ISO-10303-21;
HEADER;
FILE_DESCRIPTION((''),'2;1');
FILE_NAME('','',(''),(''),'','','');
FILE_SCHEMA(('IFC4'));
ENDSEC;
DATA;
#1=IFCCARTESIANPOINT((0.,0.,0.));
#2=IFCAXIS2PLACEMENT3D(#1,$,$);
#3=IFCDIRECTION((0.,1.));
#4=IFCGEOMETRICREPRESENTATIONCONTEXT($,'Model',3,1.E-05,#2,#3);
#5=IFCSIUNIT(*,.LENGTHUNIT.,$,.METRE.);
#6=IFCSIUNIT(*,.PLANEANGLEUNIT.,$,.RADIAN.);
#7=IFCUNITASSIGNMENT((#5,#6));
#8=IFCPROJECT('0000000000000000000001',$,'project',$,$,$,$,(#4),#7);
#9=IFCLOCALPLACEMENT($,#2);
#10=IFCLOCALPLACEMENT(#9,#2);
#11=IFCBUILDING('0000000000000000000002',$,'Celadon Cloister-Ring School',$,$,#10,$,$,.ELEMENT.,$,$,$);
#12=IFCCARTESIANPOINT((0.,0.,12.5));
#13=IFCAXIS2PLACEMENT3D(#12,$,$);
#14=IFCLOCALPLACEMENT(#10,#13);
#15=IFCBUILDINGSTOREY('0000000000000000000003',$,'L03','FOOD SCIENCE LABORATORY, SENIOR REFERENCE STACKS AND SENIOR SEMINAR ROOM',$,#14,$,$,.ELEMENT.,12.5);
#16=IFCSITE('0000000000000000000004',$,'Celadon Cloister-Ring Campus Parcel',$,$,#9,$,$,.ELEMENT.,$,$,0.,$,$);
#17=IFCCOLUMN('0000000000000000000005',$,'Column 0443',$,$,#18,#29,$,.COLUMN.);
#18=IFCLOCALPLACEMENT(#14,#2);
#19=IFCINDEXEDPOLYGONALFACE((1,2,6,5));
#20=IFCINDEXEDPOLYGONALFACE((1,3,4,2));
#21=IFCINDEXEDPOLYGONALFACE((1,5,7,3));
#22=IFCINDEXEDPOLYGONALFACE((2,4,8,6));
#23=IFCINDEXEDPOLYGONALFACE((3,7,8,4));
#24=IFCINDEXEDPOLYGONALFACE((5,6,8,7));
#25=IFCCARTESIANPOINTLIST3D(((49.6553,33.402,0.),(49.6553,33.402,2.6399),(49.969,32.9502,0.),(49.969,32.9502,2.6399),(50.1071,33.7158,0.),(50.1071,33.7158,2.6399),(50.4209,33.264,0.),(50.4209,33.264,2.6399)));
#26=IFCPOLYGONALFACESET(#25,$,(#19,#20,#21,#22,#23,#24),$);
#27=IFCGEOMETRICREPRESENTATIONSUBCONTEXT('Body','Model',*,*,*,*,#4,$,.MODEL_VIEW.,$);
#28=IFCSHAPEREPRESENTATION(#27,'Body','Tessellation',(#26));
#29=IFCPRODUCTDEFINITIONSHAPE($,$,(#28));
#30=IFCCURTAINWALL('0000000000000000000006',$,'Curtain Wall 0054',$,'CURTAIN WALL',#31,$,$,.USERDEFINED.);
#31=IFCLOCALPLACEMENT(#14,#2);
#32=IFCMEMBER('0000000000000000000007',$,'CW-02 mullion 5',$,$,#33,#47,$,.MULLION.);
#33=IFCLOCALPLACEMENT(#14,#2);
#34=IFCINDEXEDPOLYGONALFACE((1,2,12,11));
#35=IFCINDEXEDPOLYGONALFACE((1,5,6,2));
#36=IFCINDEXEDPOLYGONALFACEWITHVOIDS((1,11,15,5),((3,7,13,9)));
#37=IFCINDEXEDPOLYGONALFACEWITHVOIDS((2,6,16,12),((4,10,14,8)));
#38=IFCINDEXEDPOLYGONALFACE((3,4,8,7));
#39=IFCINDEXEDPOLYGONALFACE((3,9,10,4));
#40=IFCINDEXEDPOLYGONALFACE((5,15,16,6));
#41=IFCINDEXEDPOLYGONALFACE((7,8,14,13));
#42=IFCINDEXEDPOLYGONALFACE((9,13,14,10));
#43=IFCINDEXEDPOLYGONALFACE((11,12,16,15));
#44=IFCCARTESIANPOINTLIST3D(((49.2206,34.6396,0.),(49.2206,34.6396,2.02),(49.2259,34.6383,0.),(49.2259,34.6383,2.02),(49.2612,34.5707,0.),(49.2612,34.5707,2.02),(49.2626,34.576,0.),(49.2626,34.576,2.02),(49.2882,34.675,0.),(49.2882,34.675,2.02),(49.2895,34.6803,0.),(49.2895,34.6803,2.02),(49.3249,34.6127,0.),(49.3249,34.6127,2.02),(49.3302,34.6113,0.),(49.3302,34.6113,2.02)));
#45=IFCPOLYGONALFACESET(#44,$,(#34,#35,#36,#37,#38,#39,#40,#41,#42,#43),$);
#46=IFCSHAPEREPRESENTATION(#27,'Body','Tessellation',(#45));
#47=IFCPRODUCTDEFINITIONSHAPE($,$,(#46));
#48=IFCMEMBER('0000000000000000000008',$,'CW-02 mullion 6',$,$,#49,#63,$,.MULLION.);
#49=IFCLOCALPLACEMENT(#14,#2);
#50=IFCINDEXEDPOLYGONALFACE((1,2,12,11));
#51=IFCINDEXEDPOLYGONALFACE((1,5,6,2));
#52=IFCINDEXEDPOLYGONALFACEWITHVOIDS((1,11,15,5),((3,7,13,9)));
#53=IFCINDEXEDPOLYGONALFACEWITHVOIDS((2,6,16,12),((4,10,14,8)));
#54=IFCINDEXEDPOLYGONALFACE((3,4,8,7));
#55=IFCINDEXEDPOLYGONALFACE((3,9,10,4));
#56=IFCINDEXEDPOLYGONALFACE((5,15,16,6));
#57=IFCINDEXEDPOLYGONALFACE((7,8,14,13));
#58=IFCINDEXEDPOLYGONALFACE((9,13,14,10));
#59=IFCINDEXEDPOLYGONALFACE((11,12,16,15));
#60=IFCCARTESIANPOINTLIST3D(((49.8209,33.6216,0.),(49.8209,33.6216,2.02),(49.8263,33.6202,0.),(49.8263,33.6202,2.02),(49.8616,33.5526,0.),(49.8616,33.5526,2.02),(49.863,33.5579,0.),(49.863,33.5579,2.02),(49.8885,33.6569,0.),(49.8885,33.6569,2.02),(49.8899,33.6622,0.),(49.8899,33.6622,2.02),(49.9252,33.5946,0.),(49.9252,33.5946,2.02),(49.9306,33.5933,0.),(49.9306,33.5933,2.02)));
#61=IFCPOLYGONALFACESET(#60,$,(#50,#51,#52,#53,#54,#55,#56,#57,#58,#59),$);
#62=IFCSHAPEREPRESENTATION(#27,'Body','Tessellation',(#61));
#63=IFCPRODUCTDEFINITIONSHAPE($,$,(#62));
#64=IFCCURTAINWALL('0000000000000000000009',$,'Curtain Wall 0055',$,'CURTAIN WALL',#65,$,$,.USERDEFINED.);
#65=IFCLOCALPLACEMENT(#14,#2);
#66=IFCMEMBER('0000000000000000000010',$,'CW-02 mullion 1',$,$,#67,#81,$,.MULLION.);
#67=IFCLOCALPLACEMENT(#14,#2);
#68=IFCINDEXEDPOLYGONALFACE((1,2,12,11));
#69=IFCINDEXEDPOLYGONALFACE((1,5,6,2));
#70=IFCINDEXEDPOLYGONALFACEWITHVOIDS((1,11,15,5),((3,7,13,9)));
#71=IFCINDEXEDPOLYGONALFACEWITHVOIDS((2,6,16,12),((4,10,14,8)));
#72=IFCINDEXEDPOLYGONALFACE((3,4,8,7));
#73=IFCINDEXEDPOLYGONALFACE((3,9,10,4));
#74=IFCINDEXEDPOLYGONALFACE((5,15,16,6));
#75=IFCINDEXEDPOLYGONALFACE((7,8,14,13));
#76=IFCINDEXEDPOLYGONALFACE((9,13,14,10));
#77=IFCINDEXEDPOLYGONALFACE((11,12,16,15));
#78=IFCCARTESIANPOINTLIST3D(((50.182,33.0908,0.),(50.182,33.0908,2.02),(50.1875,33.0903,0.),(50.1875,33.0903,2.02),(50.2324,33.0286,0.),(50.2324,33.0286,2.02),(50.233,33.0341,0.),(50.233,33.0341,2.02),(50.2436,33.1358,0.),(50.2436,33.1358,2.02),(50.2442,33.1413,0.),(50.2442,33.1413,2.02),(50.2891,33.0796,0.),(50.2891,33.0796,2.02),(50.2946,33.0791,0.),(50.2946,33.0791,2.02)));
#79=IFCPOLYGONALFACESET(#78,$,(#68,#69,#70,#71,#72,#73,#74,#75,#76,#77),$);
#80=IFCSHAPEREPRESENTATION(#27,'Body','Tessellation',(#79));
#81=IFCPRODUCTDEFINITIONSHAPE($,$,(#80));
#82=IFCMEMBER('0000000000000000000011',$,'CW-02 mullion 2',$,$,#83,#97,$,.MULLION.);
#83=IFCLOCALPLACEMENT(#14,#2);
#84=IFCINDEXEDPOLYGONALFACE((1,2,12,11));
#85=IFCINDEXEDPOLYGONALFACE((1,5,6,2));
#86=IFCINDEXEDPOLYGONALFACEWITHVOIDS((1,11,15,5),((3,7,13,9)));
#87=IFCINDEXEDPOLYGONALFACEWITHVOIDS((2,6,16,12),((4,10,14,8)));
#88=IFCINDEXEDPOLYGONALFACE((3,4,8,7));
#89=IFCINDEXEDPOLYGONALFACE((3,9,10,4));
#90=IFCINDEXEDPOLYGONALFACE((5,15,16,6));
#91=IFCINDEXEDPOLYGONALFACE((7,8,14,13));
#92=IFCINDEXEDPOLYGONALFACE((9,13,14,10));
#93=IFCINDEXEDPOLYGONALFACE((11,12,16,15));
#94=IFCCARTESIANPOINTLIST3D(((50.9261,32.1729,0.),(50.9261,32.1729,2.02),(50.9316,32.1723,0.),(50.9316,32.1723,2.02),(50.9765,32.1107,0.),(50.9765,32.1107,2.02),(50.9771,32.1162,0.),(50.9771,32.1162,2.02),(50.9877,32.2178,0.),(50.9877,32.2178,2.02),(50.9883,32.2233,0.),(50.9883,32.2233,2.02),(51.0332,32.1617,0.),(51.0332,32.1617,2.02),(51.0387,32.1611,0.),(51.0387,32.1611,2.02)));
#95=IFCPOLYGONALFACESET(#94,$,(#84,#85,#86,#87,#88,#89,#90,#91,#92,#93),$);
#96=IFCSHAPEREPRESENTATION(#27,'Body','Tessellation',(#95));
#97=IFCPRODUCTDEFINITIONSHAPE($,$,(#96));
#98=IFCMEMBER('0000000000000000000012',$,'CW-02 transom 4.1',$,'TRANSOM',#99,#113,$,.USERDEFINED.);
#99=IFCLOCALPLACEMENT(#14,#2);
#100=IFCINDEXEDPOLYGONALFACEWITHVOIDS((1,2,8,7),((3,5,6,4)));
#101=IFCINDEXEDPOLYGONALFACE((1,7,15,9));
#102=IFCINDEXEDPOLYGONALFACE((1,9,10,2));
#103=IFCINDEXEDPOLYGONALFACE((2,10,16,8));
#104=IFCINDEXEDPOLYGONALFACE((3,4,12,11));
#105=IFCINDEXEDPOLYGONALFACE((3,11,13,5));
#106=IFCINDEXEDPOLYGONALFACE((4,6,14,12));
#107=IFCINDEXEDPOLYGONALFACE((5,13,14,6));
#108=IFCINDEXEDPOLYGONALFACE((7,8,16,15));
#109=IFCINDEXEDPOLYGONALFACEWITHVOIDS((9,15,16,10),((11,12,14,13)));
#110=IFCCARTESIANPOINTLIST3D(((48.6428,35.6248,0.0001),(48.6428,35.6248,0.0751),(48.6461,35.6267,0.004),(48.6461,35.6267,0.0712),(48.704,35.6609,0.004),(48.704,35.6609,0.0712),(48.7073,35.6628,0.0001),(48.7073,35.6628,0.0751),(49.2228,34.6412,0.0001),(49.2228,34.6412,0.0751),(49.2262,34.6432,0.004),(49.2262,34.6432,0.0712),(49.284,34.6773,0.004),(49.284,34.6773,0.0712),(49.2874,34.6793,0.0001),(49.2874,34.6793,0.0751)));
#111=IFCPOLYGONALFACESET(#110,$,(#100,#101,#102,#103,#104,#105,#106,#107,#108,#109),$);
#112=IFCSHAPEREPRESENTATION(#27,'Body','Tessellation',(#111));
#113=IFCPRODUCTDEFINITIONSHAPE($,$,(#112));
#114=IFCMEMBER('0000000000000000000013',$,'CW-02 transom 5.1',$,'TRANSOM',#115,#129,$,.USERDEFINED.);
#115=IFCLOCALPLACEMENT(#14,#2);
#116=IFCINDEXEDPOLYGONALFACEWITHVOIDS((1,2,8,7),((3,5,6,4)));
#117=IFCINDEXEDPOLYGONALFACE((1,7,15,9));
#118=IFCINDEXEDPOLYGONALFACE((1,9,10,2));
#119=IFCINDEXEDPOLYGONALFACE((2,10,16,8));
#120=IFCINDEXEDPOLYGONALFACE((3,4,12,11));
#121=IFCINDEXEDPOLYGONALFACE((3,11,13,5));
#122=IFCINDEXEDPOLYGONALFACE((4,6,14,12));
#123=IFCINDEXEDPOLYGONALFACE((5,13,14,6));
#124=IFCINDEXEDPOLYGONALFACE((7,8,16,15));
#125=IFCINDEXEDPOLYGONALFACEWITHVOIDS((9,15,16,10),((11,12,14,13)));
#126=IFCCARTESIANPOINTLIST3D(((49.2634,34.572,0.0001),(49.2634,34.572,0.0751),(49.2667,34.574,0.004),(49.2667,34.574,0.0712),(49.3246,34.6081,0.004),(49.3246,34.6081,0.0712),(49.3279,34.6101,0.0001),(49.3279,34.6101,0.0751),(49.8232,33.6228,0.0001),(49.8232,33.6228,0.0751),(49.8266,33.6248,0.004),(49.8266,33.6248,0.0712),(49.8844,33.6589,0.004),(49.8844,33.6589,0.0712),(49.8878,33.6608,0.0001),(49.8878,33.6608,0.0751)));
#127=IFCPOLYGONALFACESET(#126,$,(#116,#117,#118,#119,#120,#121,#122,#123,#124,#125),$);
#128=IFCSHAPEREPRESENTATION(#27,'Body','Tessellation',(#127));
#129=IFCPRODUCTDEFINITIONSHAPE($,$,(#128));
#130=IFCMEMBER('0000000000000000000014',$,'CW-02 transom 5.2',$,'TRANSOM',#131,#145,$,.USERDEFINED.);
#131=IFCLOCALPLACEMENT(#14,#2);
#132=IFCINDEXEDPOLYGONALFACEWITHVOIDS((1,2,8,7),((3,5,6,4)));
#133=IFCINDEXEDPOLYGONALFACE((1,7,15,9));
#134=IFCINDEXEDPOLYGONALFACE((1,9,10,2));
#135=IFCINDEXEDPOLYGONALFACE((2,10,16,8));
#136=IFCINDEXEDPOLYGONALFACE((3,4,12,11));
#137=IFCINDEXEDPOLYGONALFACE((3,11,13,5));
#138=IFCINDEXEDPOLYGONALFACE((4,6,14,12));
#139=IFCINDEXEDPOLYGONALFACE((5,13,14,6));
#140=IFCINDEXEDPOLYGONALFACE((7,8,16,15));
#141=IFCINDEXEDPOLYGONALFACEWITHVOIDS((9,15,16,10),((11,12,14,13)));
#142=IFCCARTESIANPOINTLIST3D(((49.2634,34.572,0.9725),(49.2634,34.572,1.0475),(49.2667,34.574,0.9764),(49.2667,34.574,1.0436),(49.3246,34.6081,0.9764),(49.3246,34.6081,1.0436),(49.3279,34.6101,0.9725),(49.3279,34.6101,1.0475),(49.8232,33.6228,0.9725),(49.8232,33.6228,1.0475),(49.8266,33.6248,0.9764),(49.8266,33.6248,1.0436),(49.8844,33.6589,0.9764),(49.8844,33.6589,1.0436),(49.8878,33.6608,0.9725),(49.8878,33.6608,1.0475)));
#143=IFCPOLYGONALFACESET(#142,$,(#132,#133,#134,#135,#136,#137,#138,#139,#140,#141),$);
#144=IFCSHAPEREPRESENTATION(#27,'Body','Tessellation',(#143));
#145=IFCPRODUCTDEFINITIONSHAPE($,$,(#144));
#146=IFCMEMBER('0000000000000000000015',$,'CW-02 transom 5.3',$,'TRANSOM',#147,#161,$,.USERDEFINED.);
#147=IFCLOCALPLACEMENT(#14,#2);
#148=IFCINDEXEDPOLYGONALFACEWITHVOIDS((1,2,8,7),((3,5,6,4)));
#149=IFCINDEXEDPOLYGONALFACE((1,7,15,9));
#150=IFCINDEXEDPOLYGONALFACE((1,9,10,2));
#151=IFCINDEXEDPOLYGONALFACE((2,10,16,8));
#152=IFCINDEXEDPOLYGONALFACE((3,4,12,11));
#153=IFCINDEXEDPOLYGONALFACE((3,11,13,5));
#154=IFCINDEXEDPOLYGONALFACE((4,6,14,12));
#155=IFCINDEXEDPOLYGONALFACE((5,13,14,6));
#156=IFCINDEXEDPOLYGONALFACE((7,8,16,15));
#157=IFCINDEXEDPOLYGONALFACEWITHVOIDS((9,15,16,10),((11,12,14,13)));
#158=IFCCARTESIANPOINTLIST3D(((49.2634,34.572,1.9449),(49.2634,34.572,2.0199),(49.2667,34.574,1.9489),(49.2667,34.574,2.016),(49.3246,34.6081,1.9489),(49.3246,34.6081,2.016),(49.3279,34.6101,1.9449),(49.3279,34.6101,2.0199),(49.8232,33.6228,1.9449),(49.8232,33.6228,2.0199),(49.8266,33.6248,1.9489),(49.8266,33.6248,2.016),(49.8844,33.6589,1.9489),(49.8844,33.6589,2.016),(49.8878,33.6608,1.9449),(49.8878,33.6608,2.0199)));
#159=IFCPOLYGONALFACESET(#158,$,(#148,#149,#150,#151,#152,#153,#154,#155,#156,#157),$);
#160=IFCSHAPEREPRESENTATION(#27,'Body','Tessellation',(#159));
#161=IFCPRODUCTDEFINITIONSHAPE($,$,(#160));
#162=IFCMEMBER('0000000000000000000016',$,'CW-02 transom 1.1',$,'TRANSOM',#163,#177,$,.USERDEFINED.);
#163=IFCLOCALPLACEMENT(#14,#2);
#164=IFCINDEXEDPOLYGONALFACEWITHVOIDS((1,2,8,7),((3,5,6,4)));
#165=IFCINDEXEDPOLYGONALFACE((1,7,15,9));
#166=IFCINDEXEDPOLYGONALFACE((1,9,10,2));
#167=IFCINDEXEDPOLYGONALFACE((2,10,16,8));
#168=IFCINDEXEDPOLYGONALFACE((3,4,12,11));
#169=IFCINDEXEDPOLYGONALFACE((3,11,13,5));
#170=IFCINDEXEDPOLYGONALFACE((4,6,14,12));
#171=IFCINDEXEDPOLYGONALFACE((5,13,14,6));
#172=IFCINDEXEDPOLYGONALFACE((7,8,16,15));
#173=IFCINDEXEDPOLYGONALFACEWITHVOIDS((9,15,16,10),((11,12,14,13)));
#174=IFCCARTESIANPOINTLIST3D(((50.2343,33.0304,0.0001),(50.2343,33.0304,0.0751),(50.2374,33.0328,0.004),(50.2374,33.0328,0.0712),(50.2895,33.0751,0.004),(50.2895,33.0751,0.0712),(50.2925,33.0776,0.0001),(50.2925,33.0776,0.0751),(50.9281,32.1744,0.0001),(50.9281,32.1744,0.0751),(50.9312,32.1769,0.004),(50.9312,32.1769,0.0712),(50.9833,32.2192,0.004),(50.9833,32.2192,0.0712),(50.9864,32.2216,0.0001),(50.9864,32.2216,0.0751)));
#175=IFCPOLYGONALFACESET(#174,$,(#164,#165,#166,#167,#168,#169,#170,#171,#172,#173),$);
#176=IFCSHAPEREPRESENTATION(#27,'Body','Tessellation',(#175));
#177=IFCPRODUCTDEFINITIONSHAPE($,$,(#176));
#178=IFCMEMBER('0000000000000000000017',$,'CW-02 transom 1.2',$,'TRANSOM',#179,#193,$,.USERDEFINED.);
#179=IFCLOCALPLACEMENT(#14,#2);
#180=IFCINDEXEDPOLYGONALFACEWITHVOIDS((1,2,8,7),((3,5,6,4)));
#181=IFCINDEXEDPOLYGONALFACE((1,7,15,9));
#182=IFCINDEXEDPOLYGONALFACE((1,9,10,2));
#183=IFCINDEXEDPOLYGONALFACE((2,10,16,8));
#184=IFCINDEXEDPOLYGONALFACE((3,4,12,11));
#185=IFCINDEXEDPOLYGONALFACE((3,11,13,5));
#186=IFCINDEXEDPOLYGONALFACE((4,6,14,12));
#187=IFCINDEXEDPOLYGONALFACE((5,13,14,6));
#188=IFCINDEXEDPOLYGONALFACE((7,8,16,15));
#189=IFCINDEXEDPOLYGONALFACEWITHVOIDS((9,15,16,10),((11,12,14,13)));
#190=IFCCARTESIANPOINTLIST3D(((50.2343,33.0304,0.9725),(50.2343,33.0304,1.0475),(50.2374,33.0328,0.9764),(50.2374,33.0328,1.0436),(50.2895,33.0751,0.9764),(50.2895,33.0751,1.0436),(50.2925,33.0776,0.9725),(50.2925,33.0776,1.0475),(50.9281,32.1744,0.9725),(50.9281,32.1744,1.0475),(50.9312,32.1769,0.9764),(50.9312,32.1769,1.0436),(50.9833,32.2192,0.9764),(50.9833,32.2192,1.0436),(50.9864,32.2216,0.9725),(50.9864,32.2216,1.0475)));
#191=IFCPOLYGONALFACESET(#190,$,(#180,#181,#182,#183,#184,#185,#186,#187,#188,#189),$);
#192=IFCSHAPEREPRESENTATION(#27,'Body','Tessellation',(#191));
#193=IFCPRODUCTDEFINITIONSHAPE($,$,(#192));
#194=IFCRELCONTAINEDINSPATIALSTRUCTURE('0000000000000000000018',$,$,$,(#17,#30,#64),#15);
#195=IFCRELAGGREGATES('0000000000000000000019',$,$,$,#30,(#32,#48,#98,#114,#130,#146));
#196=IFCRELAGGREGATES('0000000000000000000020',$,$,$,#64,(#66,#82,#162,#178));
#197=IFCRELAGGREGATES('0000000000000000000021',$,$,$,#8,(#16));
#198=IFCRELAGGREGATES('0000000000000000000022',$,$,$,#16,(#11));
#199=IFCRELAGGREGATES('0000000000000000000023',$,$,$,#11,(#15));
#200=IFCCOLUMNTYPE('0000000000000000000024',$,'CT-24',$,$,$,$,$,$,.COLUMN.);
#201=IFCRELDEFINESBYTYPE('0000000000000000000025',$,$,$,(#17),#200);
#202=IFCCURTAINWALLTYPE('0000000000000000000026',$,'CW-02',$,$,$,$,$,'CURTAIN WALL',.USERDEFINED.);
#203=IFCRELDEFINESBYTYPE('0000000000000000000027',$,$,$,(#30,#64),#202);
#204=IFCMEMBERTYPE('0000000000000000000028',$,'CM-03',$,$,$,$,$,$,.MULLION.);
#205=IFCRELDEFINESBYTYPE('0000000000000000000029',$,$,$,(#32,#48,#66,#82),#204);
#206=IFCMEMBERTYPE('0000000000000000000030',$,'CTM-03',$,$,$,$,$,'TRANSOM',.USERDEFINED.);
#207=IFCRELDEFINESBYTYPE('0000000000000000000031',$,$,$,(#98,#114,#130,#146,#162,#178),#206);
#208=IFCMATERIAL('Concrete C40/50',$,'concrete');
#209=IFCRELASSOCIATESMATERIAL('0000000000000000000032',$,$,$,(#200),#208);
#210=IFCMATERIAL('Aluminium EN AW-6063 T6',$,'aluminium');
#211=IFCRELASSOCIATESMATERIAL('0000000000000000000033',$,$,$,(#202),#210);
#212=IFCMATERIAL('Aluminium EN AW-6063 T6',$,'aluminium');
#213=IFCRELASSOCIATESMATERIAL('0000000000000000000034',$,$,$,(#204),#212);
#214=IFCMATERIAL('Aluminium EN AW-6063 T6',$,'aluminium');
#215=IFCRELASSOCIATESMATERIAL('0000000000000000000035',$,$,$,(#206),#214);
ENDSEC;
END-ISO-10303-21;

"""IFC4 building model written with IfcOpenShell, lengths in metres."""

from ifc_helpers import new_model, si_unit, direction, frame, origin, origin_2d, place, context, subcontext, project, spatial, rectangle, hollow_rectangle, extrude, material, material_profile, profile_set, type_object, element, aggregate, save


model = new_model("IFC4")

# Units and contexts
model_context = context("Model", 3, precision=1e-05, world=origin(), true_north=direction((0.0, 1.0)))
body_context = subcontext(model_context, "Body", "Model", "MODEL_VIEW")
ifc_project = project(units=[si_unit("LENGTHUNIT", "METRE"), si_unit("PLANEANGLEUNIT", "RADIAN")], contexts=[model_context])

# Site, building, storey
site_placement = place(None, origin())
site = spatial("IfcSite", under=ifc_project, at=site_placement, Name="Celadon Cloister-Ring Campus Parcel", CompositionType="ELEMENT", RefElevation=0.0)
building_placement = place(site_placement, origin())
building = spatial("IfcBuilding", under=site, at=building_placement, Name="Celadon Cloister-Ring School", CompositionType="ELEMENT")
storey_placement = place(building_placement, frame((0.0, 0.0, 12.5)))
storey = spatial("IfcBuildingStorey", under=building, at=storey_placement, Name="L03", Description="FOOD SCIENCE LABORATORY, SENIOR REFERENCE STACKS AND SENIOR SEMINAR ROOM", CompositionType="ELEMENT", Elevation=12.5)

# Column
ifc_material_1 = material(Name="Concrete C40/50", Category="concrete")
ifc_material_profile_1 = material_profile(ifc_material_1, rectangle(XDim=0.55, YDim=0.55, at=origin_2d()), Name="RC550X550")
ifc_profile_set_1 = profile_set([ifc_material_profile_1], Name="Concrete C40/50")
column_type = type_object("IfcColumnType", Name="CT-24", PredefinedType="COLUMN", material=ifc_profile_set_1)
column_placement = place(storey_placement, frame((50.0381, 33.333, 0.0), z_axis=(0.0, 0.0, 1.0), x_axis=(-0.821388, -0.57037, 0.0)))
element("IfcColumn", 1, at=column_placement, inside=storey, type_object=column_type, Name="Column 0443", PredefinedType="COLUMN", context=body_context, shape_type="SweptSolid", body=[
    extrude(rectangle(XDim=0.55, YDim=0.55, at=origin_2d()), origin(), (0.0, 0.0, 1.0), 2.6399),
])

# Curtain walls, members
ifc_material_2 = material(Name="Aluminium EN AW-6063 T6", Category="aluminium")
curtain_wall_type = type_object("IfcCurtainWallType", Name="CW-02", ElementType="CURTAIN WALL", PredefinedType="USERDEFINED", material=ifc_material_2)
curtain_wall_1_placement = place(storey_placement, origin())
curtain_wall_1 = element("IfcCurtainWall", 2, at=curtain_wall_1_placement, inside=storey, type_object=curtain_wall_type, Name="Curtain Wall 0054", ObjectType="CURTAIN WALL", PredefinedType="USERDEFINED")
ifc_material_3 = material(Name="Aluminium EN AW-6063 T6", Category="aluminium")
ifc_material_profile_2 = material_profile(ifc_material_3, hollow_rectangle(XDim=0.0801, YDim=0.0801, WallThickness=0.0039, at=origin_2d()), Name="RHS80X80X4")
ifc_profile_set_2 = profile_set([ifc_material_profile_2], Name="Aluminium EN AW-6063 T6")
member_type_1 = type_object("IfcMemberType", Name="CM-03", PredefinedType="MULLION", material=ifc_profile_set_2)
member_1_placement = place(storey_placement, frame((49.2754, 34.6255, 0.0), z_axis=(0.0, 0.0, 1.0), x_axis=(0.861425, 0.507885, 0.0)))
member_1 = element("IfcMember", 3, at=member_1_placement, type_object=member_type_1, Name="CW-02 mullion 5", PredefinedType="MULLION", context=body_context, shape_type="SweptSolid", body=[
    extrude(hollow_rectangle(XDim=0.0801, YDim=0.0801, WallThickness=0.0039, at=origin_2d()), origin(), (0.0, 0.0, 1.0), 2.02),
])
member_2_placement = place(storey_placement, frame((49.8757, 33.6074, 0.0), z_axis=(0.0, 0.0, 1.0), x_axis=(0.861425, 0.507885, 0.0)))
member_2 = element("IfcMember", 4, at=member_2_placement, type_object=member_type_1, Name="CW-02 mullion 6", PredefinedType="MULLION", context=body_context, shape_type="SweptSolid", body=[
    extrude(hollow_rectangle(XDim=0.0801, YDim=0.0801, WallThickness=0.0039, at=origin_2d()), origin(), (0.0, 0.0, 1.0), 2.02),
])
curtain_wall_2_placement = place(storey_placement, origin())
curtain_wall_2 = element("IfcCurtainWall", 5, at=curtain_wall_2_placement, inside=storey, type_object=curtain_wall_type, Name="Curtain Wall 0055", ObjectType="CURTAIN WALL", PredefinedType="USERDEFINED")
member_3_placement = place(storey_placement, frame((50.2383, 33.085, 0.0), z_axis=(0.0, 0.0, 1.0), x_axis=(0.77678, 0.629773, 0.0)))
member_3 = element("IfcMember", 6, at=member_3_placement, type_object=member_type_1, Name="CW-02 mullion 1", PredefinedType="MULLION", context=body_context, shape_type="SweptSolid", body=[
    extrude(hollow_rectangle(XDim=0.0801, YDim=0.0801, WallThickness=0.0039, at=origin_2d()), origin(), (0.0, 0.0, 1.0), 2.02),
])
member_4_placement = place(storey_placement, frame((50.9824, 32.167, 0.0), z_axis=(0.0, 0.0, 1.0), x_axis=(0.77678, 0.629773, 0.0)))
member_4 = element("IfcMember", 7, at=member_4_placement, type_object=member_type_1, Name="CW-02 mullion 2", PredefinedType="MULLION", context=body_context, shape_type="SweptSolid", body=[
    extrude(hollow_rectangle(XDim=0.0801, YDim=0.0801, WallThickness=0.0039, at=origin_2d()), origin(), (0.0, 0.0, 1.0), 2.02),
])

# Members
ifc_material_4 = material(Name="Aluminium EN AW-6063 T6", Category="aluminium")
ifc_material_profile_3 = material_profile(ifc_material_4, hollow_rectangle(XDim=0.075, YDim=0.075, WallThickness=0.0039, at=origin_2d()), Name="RHS75X75X4")
ifc_profile_set_3 = profile_set([ifc_material_profile_3], Name="Aluminium EN AW-6063 T6")
member_type_2 = type_object("IfcMemberType", Name="CTM-03", ElementType="TRANSOM", PredefinedType="USERDEFINED", material=ifc_profile_set_3)
member_5_placement = place(storey_placement, frame((48.675, 35.6438, 0.0376), z_axis=(0.507973, -0.861373, 0.0), x_axis=(0.861373, 0.507973, 0.0)))
member_5 = element("IfcMember", 8, at=member_5_placement, type_object=member_type_2, Name="CW-02 transom 4.1", ObjectType="TRANSOM", PredefinedType="USERDEFINED", context=body_context, shape_type="SweptSolid", body=[
    extrude(hollow_rectangle(XDim=0.075, YDim=0.075, WallThickness=0.0039, at=origin_2d()), origin(), (0.0, 0.0, 1.0), 1.1418),
])
member_6_placement = place(storey_placement, frame((49.2957, 34.5911, 0.0376), z_axis=(0.507998, -0.861358, 0.0), x_axis=(0.861358, 0.507998, 0.0)))
member_6 = element("IfcMember", 9, at=member_6_placement, type_object=member_type_2, Name="CW-02 transom 5.1", ObjectType="TRANSOM", PredefinedType="USERDEFINED", context=body_context, shape_type="SweptSolid", body=[
    extrude(hollow_rectangle(XDim=0.075, YDim=0.075, WallThickness=0.0039, at=origin_2d()), origin(), (0.0, 0.0, 1.0), 1.1021),
])
member_7_placement = place(storey_placement, frame((49.2957, 34.5911, 1.01), z_axis=(0.507998, -0.861358, 0.0), x_axis=(0.861358, 0.507998, 0.0)))
member_7 = element("IfcMember", 10, at=member_7_placement, type_object=member_type_2, Name="CW-02 transom 5.2", ObjectType="TRANSOM", PredefinedType="USERDEFINED", context=body_context, shape_type="SweptSolid", body=[
    extrude(hollow_rectangle(XDim=0.075, YDim=0.075, WallThickness=0.0039, at=origin_2d()), origin(), (0.0, 0.0, 1.0), 1.1021),
])
member_8_placement = place(storey_placement, frame((49.2957, 34.5911, 1.9824), z_axis=(0.507998, -0.861358, 0.0), x_axis=(0.861358, 0.507998, 0.0)))
member_8 = element("IfcMember", 11, at=member_8_placement, type_object=member_type_2, Name="CW-02 transom 5.3", ObjectType="TRANSOM", PredefinedType="USERDEFINED", context=body_context, shape_type="SweptSolid", body=[
    extrude(hollow_rectangle(XDim=0.075, YDim=0.075, WallThickness=0.0039, at=origin_2d()), origin(), (0.0, 0.0, 1.0), 1.1021),
])
member_9_placement = place(storey_placement, frame((50.2634, 33.054, 0.0376), z_axis=(0.629708, -0.776832, 0.0), x_axis=(0.776832, 0.629708, 0.0)))
member_9 = element("IfcMember", 12, at=member_9_placement, type_object=member_type_2, Name="CW-02 transom 1.1", ObjectType="TRANSOM", PredefinedType="USERDEFINED", context=body_context, shape_type="SweptSolid", body=[
    extrude(hollow_rectangle(XDim=0.075, YDim=0.075, WallThickness=0.0039, at=origin_2d()), origin(), (0.0, 0.0, 1.0), 1.1018),
])
member_10_placement = place(storey_placement, frame((50.2634, 33.054, 1.01), z_axis=(0.629708, -0.776832, 0.0), x_axis=(0.776832, 0.629708, 0.0)))
member_10 = element("IfcMember", 13, at=member_10_placement, type_object=member_type_2, Name="CW-02 transom 1.2", ObjectType="TRANSOM", PredefinedType="USERDEFINED", context=body_context, shape_type="SweptSolid", body=[
    extrude(hollow_rectangle(XDim=0.075, YDim=0.075, WallThickness=0.0039, at=origin_2d()), origin(), (0.0, 0.0, 1.0), 1.1018),
])

aggregate(curtain_wall_1, [member_1, member_2, member_5, member_6, member_7, member_8])
aggregate(curtain_wall_2, [member_3, member_4, member_9, member_10])

save(model, "model.ifc")
